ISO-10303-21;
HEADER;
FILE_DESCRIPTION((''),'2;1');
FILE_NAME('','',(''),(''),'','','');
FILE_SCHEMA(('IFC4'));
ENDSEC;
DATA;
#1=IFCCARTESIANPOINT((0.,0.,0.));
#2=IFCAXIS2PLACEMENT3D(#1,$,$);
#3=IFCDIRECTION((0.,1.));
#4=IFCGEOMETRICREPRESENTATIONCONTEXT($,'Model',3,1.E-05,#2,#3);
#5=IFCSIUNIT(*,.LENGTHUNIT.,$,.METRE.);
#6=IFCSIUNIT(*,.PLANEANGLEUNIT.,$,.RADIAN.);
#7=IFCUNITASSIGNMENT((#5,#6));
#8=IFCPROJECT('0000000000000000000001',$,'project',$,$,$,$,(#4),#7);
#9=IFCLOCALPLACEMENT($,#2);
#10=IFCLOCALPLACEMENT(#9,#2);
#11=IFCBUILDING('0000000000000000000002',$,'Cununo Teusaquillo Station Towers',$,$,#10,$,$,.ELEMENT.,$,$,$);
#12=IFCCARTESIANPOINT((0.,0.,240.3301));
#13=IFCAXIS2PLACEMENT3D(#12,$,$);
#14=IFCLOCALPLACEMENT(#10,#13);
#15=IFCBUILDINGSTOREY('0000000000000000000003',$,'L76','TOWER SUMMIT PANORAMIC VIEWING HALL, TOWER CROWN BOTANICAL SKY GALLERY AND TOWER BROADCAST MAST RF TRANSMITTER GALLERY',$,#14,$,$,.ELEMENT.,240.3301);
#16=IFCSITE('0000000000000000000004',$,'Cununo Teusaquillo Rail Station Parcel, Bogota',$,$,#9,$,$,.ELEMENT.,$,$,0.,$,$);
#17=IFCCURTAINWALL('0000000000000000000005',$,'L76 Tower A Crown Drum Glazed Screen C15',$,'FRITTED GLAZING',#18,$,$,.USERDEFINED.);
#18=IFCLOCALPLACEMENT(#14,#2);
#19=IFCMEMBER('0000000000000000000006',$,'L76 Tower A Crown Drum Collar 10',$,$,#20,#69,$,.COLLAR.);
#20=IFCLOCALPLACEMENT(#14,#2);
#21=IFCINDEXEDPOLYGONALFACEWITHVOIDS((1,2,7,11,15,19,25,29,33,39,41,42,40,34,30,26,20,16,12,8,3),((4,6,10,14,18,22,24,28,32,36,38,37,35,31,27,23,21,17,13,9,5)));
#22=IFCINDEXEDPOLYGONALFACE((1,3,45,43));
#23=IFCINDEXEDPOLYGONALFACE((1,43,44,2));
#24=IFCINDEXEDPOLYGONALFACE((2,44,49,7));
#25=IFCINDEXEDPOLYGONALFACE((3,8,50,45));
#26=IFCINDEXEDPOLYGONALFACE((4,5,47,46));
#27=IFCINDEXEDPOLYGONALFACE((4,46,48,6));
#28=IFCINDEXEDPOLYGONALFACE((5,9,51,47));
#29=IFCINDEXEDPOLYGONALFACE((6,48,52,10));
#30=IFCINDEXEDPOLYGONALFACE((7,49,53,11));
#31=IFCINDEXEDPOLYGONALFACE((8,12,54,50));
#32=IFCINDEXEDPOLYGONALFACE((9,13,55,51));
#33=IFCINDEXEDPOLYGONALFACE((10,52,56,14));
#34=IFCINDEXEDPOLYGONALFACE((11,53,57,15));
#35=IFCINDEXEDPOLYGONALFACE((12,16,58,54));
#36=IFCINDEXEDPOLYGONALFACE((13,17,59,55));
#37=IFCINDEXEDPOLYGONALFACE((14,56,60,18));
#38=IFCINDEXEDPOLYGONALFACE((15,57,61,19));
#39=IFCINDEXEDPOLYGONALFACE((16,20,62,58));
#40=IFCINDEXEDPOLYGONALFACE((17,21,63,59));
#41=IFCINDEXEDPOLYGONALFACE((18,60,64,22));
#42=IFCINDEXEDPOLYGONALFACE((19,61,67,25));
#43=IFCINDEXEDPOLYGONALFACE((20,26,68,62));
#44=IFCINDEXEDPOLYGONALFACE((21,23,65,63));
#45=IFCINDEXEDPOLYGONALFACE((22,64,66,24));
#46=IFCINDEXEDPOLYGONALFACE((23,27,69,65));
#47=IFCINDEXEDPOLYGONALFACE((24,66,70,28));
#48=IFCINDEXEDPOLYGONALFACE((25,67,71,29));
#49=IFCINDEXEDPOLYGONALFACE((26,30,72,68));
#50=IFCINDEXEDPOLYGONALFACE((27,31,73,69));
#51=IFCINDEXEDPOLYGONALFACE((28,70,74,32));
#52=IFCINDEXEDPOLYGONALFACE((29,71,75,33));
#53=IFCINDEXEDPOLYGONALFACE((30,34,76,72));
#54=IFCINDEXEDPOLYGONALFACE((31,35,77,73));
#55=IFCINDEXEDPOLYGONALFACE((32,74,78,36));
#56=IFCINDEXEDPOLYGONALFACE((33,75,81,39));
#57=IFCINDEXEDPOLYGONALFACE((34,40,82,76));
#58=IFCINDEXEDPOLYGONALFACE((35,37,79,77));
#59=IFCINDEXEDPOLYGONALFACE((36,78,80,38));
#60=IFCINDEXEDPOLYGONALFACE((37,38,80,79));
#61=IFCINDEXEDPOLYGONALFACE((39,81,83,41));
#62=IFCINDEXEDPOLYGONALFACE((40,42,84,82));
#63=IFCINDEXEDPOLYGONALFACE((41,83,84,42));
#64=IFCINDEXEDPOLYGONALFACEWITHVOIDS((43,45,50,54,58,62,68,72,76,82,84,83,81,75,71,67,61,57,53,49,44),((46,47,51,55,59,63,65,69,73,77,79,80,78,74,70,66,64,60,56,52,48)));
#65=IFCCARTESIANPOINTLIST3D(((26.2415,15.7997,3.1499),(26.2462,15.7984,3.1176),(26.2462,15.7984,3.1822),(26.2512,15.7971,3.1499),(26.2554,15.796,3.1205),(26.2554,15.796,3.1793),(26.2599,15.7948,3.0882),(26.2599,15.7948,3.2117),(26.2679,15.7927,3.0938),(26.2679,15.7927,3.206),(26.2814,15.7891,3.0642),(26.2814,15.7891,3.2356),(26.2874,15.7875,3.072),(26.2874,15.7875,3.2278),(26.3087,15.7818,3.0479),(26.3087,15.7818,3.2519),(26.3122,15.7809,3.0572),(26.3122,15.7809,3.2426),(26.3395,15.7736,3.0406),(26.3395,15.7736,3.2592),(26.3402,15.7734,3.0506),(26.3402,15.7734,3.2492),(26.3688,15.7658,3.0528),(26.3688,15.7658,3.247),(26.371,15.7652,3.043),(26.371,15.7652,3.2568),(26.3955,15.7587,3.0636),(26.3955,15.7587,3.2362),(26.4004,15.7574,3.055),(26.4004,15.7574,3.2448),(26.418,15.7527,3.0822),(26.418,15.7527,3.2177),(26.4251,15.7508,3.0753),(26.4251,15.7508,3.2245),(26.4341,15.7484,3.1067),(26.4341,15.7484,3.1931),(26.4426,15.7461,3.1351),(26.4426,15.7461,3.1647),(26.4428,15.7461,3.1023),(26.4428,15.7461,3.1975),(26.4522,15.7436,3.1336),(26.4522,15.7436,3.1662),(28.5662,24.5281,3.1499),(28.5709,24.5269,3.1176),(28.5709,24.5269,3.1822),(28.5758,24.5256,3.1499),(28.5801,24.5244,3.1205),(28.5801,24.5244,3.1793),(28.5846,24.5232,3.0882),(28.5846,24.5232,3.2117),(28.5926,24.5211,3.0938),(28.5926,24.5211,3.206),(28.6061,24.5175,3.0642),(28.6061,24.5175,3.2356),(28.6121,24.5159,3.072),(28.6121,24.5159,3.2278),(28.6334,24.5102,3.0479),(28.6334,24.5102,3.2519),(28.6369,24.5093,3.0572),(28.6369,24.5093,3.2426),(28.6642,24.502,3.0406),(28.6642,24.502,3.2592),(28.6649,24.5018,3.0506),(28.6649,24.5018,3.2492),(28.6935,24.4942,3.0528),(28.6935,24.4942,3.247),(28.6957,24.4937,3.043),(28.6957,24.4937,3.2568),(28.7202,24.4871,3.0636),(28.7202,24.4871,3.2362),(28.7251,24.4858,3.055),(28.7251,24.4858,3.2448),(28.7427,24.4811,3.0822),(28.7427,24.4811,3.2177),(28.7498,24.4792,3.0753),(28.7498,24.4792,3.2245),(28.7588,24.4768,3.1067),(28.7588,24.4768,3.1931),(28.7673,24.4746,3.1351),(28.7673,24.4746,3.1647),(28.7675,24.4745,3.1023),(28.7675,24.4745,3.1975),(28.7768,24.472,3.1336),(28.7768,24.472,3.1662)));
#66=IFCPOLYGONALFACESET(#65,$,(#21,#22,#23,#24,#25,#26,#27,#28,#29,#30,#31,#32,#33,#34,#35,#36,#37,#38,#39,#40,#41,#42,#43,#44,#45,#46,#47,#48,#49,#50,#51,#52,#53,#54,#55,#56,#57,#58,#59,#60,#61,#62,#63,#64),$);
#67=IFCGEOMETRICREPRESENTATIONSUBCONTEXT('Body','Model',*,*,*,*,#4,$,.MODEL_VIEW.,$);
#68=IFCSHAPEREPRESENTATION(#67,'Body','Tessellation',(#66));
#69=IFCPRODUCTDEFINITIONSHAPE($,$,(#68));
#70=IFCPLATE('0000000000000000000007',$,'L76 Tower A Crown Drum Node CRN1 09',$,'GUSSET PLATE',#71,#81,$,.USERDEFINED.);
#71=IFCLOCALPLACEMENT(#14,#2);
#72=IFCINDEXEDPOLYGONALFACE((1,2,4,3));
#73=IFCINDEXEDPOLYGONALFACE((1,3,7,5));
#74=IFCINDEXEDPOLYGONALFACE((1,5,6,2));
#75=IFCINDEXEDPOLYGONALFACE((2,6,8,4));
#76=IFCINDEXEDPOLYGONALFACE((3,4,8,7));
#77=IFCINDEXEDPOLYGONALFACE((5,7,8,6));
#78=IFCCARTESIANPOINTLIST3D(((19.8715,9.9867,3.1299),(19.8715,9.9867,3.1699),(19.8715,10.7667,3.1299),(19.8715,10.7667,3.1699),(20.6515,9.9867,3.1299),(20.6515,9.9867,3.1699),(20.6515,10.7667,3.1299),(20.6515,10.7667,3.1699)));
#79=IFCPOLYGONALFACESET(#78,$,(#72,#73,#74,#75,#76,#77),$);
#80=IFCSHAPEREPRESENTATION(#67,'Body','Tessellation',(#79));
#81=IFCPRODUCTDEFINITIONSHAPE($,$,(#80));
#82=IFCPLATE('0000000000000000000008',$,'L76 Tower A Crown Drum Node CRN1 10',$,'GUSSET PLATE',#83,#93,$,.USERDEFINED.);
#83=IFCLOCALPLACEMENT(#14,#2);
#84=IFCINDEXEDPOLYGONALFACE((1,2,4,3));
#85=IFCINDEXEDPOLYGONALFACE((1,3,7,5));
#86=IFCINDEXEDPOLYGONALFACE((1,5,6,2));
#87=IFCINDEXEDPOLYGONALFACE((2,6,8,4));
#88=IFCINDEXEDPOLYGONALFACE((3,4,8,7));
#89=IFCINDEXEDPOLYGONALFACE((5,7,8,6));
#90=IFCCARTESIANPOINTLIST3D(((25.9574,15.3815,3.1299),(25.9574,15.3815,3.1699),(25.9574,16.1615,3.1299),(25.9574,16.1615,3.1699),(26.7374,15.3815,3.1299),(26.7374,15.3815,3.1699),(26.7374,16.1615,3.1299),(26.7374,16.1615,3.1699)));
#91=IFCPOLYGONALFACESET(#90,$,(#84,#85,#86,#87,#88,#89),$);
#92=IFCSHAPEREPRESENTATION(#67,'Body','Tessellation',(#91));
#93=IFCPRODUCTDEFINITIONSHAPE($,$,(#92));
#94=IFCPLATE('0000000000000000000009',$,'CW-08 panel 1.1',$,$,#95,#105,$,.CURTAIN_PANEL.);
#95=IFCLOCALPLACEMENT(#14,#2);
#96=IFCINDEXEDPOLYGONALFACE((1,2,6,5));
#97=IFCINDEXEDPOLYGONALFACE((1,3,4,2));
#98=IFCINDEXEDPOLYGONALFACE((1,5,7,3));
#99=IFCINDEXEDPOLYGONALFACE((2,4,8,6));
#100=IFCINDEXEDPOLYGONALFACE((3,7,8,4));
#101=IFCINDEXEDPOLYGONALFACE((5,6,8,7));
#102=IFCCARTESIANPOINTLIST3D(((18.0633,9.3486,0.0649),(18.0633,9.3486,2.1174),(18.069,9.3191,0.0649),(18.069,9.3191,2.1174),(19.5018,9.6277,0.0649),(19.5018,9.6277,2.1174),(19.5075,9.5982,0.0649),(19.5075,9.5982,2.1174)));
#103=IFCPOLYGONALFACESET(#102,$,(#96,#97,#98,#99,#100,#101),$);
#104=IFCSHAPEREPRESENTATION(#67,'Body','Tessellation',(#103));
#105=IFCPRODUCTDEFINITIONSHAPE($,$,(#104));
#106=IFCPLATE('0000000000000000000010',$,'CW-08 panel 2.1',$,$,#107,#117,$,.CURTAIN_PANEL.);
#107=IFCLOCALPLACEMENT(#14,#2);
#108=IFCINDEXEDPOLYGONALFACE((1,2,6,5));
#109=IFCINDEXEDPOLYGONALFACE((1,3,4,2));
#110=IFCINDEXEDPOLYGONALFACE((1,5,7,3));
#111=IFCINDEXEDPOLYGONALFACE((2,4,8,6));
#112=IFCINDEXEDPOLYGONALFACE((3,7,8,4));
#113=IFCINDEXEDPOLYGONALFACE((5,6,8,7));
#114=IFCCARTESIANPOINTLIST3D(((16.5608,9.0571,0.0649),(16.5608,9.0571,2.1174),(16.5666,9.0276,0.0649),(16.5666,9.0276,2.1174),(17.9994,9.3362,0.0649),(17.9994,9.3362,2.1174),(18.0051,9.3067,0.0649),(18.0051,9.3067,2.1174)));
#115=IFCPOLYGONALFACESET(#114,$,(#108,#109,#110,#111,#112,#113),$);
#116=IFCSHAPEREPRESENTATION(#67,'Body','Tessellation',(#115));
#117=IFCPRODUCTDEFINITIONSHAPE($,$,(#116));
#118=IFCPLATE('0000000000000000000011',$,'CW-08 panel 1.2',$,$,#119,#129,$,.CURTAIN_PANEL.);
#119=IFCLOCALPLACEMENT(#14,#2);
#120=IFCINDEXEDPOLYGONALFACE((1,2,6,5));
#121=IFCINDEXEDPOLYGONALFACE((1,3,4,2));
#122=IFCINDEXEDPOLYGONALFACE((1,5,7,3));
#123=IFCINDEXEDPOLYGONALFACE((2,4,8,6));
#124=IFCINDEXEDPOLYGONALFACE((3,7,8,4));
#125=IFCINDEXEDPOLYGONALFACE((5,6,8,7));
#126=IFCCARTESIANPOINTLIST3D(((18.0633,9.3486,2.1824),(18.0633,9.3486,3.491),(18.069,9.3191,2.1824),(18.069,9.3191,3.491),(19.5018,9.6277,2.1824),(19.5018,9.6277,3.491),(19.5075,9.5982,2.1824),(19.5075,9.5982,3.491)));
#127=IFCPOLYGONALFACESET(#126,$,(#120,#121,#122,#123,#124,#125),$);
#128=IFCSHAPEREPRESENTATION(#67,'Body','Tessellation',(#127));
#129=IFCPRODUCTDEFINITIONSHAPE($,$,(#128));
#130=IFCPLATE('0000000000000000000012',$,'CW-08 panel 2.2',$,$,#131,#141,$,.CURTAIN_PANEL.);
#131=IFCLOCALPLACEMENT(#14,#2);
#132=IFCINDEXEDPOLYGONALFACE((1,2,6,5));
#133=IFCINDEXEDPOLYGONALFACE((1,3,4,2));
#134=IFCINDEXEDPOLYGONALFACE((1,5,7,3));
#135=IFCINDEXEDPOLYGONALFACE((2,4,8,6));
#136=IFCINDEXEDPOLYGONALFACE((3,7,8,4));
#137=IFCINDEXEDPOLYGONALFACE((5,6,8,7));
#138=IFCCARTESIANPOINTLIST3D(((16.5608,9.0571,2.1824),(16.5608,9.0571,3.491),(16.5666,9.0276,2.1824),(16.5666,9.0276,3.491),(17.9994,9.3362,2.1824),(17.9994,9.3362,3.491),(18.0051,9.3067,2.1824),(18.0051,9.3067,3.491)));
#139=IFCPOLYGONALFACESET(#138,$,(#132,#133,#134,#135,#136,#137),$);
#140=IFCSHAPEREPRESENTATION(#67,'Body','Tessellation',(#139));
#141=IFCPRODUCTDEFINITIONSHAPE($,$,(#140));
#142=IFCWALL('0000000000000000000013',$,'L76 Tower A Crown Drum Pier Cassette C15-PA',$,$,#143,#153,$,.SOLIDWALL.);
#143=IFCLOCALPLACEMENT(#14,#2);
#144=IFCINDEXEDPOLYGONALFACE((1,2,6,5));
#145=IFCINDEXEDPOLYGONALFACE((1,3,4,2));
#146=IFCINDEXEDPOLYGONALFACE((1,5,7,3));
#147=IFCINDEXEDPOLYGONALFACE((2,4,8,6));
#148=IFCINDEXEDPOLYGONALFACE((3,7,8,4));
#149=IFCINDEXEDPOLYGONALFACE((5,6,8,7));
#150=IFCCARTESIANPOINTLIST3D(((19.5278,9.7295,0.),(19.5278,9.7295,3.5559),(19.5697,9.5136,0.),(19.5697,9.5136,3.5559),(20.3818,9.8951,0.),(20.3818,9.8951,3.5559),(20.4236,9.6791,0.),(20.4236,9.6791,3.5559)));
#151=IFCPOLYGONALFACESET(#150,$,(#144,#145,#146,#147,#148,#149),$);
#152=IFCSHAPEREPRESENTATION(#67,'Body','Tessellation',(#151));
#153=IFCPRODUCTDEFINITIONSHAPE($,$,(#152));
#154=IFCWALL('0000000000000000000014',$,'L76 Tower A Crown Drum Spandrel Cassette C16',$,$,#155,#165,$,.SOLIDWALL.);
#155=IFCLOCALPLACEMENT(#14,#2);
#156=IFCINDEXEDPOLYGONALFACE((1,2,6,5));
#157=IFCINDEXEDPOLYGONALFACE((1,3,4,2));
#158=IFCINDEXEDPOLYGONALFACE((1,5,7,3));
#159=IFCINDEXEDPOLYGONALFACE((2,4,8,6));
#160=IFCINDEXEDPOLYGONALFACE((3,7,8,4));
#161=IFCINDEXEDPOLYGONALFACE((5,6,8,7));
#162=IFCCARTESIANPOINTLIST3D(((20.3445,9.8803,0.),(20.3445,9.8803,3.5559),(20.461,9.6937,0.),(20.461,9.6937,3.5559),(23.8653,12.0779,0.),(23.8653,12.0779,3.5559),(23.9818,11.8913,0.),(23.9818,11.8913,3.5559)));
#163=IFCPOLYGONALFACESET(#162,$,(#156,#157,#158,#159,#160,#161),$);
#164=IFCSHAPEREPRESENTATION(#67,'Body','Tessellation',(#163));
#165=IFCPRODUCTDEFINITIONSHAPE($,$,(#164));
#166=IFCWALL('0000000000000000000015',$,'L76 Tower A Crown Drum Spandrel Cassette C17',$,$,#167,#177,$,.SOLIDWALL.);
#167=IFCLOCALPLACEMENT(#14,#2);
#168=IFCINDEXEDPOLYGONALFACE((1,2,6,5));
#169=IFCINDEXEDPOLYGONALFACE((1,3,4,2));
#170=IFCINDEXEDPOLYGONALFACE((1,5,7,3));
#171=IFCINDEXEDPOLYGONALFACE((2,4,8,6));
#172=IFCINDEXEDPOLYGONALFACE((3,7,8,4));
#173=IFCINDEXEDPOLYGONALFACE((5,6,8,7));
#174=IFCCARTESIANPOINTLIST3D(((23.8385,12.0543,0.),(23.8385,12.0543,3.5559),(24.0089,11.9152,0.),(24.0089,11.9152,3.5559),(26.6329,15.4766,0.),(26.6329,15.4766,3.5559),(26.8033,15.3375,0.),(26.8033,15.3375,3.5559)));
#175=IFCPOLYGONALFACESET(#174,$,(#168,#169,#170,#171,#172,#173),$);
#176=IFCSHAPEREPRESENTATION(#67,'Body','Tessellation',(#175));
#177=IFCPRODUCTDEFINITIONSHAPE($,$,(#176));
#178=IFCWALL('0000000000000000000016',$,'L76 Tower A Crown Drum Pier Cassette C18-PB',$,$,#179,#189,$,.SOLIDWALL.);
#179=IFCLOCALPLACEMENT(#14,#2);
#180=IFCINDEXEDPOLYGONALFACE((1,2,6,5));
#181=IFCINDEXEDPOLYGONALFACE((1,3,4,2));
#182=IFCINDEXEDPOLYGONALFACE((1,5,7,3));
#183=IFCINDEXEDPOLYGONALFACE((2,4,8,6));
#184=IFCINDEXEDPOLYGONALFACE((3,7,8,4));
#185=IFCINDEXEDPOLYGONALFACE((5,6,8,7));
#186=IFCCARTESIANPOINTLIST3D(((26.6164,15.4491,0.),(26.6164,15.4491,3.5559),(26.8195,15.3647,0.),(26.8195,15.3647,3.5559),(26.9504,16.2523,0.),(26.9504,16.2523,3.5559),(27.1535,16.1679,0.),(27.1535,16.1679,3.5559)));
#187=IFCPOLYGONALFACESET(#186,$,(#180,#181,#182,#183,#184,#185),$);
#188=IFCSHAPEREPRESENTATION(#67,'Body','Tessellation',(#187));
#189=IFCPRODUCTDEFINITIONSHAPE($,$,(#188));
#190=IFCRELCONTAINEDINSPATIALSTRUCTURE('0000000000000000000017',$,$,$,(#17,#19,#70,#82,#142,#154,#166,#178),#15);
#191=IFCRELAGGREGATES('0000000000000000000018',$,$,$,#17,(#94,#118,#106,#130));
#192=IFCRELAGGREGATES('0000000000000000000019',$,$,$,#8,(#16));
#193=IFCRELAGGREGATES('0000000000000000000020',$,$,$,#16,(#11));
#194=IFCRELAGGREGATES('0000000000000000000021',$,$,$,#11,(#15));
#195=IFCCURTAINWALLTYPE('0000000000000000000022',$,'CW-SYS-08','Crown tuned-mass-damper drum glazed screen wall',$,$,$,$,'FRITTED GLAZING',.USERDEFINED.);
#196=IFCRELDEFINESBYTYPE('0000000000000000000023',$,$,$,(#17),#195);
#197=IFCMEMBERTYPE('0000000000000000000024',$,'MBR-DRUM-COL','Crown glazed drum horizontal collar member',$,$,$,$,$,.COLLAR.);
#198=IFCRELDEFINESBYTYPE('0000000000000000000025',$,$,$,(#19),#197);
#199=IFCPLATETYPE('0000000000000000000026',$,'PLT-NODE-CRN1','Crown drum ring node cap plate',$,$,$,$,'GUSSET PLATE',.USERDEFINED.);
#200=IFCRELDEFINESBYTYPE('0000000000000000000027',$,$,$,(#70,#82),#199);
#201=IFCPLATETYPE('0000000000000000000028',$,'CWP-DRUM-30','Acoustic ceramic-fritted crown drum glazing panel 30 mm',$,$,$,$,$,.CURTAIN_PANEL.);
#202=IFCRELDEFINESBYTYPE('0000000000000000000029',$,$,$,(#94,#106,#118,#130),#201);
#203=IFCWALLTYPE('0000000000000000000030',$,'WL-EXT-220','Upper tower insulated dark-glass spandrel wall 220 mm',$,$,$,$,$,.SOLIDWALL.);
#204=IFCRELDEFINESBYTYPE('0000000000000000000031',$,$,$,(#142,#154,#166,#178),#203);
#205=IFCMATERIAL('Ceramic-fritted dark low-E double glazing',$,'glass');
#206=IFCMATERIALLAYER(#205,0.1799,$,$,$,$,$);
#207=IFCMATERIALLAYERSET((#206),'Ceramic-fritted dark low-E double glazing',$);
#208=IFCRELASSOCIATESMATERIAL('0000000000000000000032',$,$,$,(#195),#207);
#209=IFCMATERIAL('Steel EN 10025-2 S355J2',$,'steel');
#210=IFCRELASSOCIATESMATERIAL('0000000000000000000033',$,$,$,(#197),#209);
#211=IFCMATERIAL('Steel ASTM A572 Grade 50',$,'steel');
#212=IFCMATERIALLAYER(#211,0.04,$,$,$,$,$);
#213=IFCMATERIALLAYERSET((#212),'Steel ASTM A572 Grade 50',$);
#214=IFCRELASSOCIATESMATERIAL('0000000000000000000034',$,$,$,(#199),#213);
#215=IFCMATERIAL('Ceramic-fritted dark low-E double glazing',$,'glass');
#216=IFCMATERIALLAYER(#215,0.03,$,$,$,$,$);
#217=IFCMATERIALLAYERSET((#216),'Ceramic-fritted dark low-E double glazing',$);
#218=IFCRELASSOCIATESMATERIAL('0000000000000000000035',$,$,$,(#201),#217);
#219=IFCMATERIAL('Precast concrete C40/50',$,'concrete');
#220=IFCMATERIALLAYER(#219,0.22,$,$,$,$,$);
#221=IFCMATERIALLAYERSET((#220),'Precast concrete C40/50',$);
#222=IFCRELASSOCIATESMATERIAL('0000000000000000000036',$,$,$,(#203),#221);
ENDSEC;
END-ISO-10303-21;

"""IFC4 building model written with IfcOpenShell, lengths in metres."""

from ifc_helpers import new_model, si_unit, direction, frame, frame_2d, origin, origin_2d, place, context, subcontext, project, spatial, rectangle, hollow_circle, extrude, source, transform, mapped, material, layer, layer_set, material_profile, profile_set, type_object, element, aggregate, save


model = new_model("IFC4")

# Units and contexts
model_context = context("Model", 3, precision=1e-05, world=origin(), true_north=direction((0.0, 1.0)))
body_context = subcontext(model_context, "Body", "Model", "MODEL_VIEW")
ifc_project = project(units=[si_unit("LENGTHUNIT", "METRE"), si_unit("PLANEANGLEUNIT", "RADIAN")], contexts=[model_context])

# Site, building, storey
site_placement = place(None, origin())
site = spatial("IfcSite", under=ifc_project, at=site_placement, Name="Cununo Teusaquillo Rail Station Parcel, Bogota", CompositionType="ELEMENT", RefElevation=0.0)
building_placement = place(site_placement, origin())
building = spatial("IfcBuilding", under=site, at=building_placement, Name="Cununo Teusaquillo Station Towers", CompositionType="ELEMENT")
storey_placement = place(building_placement, frame((0.0, 0.0, 240.3301)))
storey = spatial("IfcBuildingStorey", under=building, at=storey_placement, Name="L76", Description="TOWER SUMMIT PANORAMIC VIEWING HALL, TOWER CROWN BOTANICAL SKY GALLERY AND TOWER BROADCAST MAST RF TRANSMITTER GALLERY", CompositionType="ELEMENT", Elevation=240.3301)

# Curtain wall
ifc_material_1 = material(Name="Ceramic-fritted dark low-E double glazing", Category="glass")
ifc_layer_1 = layer(ifc_material_1, 0.1799)
ifc_layer_set_1 = layer_set([ifc_layer_1], Name="Ceramic-fritted dark low-E double glazing")
curtain_wall_type = type_object("IfcCurtainWallType", Name="CW-SYS-08", Description="Crown tuned-mass-damper drum glazed screen wall", ElementType="FRITTED GLAZING", PredefinedType="USERDEFINED", material=ifc_layer_set_1)
curtain_wall_placement = place(storey_placement, origin())
curtain_wall = element("IfcCurtainWall", 1, at=curtain_wall_placement, inside=storey, type_object=curtain_wall_type, Name="L76 Tower A Crown Drum Glazed Screen C15", ObjectType="FRITTED GLAZING", PredefinedType="USERDEFINED")

# Member
ifc_material_2 = material(Name="Steel EN 10025-2 S355J2", Category="steel")
ifc_material_profile_1 = material_profile(ifc_material_2, hollow_circle(Radius=0.1096, WallThickness=0.01, at=origin_2d()), Name="CHS 219x10")
ifc_profile_set_1 = profile_set([ifc_material_profile_1], Name="Steel EN 10025-2 S355J2")
member_type_1 = type_object("IfcMemberType", Name="MBR-DRUM-COL", Description="Crown glazed drum horizontal collar member", PredefinedType="COLLAR", material=ifc_profile_set_1)
member_1_placement = place(storey_placement, frame((26.3474, 15.7715, 3.1499), z_axis=(0.257363, 0.966315, 0.0), x_axis=(-0.966315, 0.257363, 0.0)))
element("IfcMember", 2, at=member_1_placement, inside=storey, type_object=member_type_1, Name="L76 Tower A Crown Drum Collar 10", PredefinedType="COLLAR", context=body_context, shape_type="SweptSolid", body=[
    extrude(hollow_circle(Radius=0.1096, WallThickness=0.01, at=origin_2d()), origin(), (0.0, 0.0, 1.0), 9.0327),
])

# Plates
ifc_material_3 = material(Name="Steel ASTM A572 Grade 50", Category="steel")
ifc_layer_2 = layer(ifc_material_3, 0.04)
ifc_layer_set_2 = layer_set([ifc_layer_2], Name="Steel ASTM A572 Grade 50")
plate_type_1 = type_object("IfcPlateType", Name="PLT-NODE-CRN1", Description="Crown drum ring node cap plate", ElementType="GUSSET PLATE", PredefinedType="USERDEFINED", material=ifc_layer_set_2)
shared_shape_1 = source(origin(), body_context, "Body", "SweptSolid", [
    extrude(rectangle(XDim=0.78, YDim=0.78, at=origin_2d()), origin(), (0.0, 0.0, 1.0), 0.04),
])
for number, where, z_axis, x_axis, name in (
    (3, (20.2615, 10.3767, 3.1299), (0.0, 0.0, 1.0), (1.0, 0.0, 0.0), "L76 Tower A Crown Drum Node CRN1 09"),
    (4, (26.3474, 15.7715, 3.1299), (0.0, 0.0, 1.0), (1.0, 0.0, 0.0), "L76 Tower A Crown Drum Node CRN1 10"),
):
    element("IfcPlate", number, at=place(storey_placement, frame(where, z_axis=z_axis, x_axis=x_axis)), inside=storey, type_object=plate_type_1, Name=name, ObjectType="GUSSET PLATE", PredefinedType="USERDEFINED", context=body_context, shape_type="MappedRepresentation", body=[
        mapped(shared_shape_1, transform((0.0, 0.0, 0.0), x_axis=(1.0, 0.0, 0.0), y_axis=(0.0, 1.0, 0.0), z_axis=(0.0, 0.0, 1.0), scale=1.0)),
    ])

# Plates
ifc_material_4 = material(Name="Ceramic-fritted dark low-E double glazing", Category="glass")
ifc_layer_3 = layer(ifc_material_4, 0.03)
ifc_layer_set_3 = layer_set([ifc_layer_3], Name="Ceramic-fritted dark low-E double glazing")
plate_type_2 = type_object("IfcPlateType", Name="CWP-DRUM-30", Description="Acoustic ceramic-fritted crown drum glazing panel 30 mm", PredefinedType="CURTAIN_PANEL", material=ifc_layer_set_3)
shared_shape_2 = source(origin(), body_context, "Body", "SweptSolid", [
    extrude(rectangle(XDim=1.4653, YDim=0.03, at=origin_2d()), origin(), (0.0, 0.0, 1.0), 2.0525),
])
plate_1_placement = place(storey_placement, frame((18.7854, 9.4734, 0.0649), z_axis=(0.0, 0.0, 1.0), x_axis=(-0.981696, -0.190453, 0.0)))
plate_1 = element("IfcPlate", 5, at=plate_1_placement, type_object=plate_type_2, Name="CW-08 panel 1.1", PredefinedType="CURTAIN_PANEL", context=body_context, shape_type="MappedRepresentation", body=[
    mapped(shared_shape_2, transform((0.0, 0.0, 0.0), x_axis=(1.0, 0.0, 0.0), y_axis=(0.0, 1.0, 0.0), z_axis=(0.0, 0.0, 1.0), scale=1.0)),
])
plate_2_placement = place(storey_placement, frame((17.283, 9.1819, 0.0649), z_axis=(0.0, 0.0, 1.0), x_axis=(-0.981696, -0.190453, 0.0)))
plate_2 = element("IfcPlate", 6, at=plate_2_placement, type_object=plate_type_2, Name="CW-08 panel 2.1", PredefinedType="CURTAIN_PANEL", context=body_context, shape_type="MappedRepresentation", body=[
    mapped(shared_shape_2, transform((0.0, 0.0, 0.0), x_axis=(1.0, 0.0, 0.0), y_axis=(0.0, 1.0, 0.0), z_axis=(0.0, 0.0, 1.0), scale=1.0)),
])
shared_shape_3 = source(origin(), body_context, "Body", "SweptSolid", [
    extrude(rectangle(XDim=1.4653, YDim=0.03, at=origin_2d()), origin(), (0.0, 0.0, 1.0), 1.3086),
])
plate_3_placement = place(storey_placement, frame((18.7854, 9.4734, 2.1824), z_axis=(0.0, 0.0, 1.0), x_axis=(-0.981696, -0.190453, 0.0)))
plate_3 = element("IfcPlate", 7, at=plate_3_placement, type_object=plate_type_2, Name="CW-08 panel 1.2", PredefinedType="CURTAIN_PANEL", context=body_context, shape_type="MappedRepresentation", body=[
    mapped(shared_shape_3, transform((0.0, 0.0, 0.0), x_axis=(1.0, 0.0, 0.0), y_axis=(0.0, 1.0, 0.0), z_axis=(0.0, 0.0, 1.0), scale=1.0)),
])
plate_4_placement = place(storey_placement, frame((17.283, 9.1819, 2.1824), z_axis=(0.0, 0.0, 1.0), x_axis=(-0.981696, -0.190453, 0.0)))
plate_4 = element("IfcPlate", 8, at=plate_4_placement, type_object=plate_type_2, Name="CW-08 panel 2.2", PredefinedType="CURTAIN_PANEL", context=body_context, shape_type="MappedRepresentation", body=[
    mapped(shared_shape_3, transform((0.0, 0.0, 0.0), x_axis=(1.0, 0.0, 0.0), y_axis=(0.0, 1.0, 0.0), z_axis=(0.0, 0.0, 1.0), scale=1.0)),
])
aggregate(curtain_wall, [plate_1, plate_3, plate_2, plate_4])

# Walls
ifc_material_5 = material(Name="Precast concrete C40/50", Category="concrete")
ifc_layer_4 = layer(ifc_material_5, 0.22)
ifc_layer_set_4 = layer_set([ifc_layer_4], Name="Precast concrete C40/50")
wall_type_1 = type_object("IfcWallType", Name="WL-EXT-220", Description="Upper tower insulated dark-glass spandrel wall 220 mm", PredefinedType="SOLIDWALL", material=ifc_layer_set_4)
wall_1_placement = place(storey_placement, frame((20.4028, 9.7871, 0.0), z_axis=(0.0, 0.0, 1.0), x_axis=(-0.981729, -0.190284, 0.0)))
element("IfcWall", 9, at=wall_1_placement, inside=storey, type_object=wall_type_1, Name="L76 Tower A Crown Drum Pier Cassette C15-PA", PredefinedType="SOLIDWALL", context=body_context, shape_type="SweptSolid", body=[
    extrude(rectangle(XDim=0.8699, YDim=0.22, at=frame_2d((0.4351, 0.0))), origin(), (0.0, 0.0, 1.0), 3.5559),
])
wall_2_placement = place(storey_placement, frame((23.9236, 11.9846, 0.0), z_axis=(0.0, 0.0, 1.0), x_axis=(-0.848319, -0.529486, 0.0)))
element("IfcWall", 10, at=wall_2_placement, inside=storey, type_object=wall_type_1, Name="L76 Tower A Crown Drum Spandrel Cassette C16", PredefinedType="SOLIDWALL", context=body_context, shape_type="SweptSolid", body=[
    extrude(rectangle(XDim=4.1504, YDim=0.22, at=frame_2d((2.0752, 0.0))), origin(), (0.0, 0.0, 1.0), 3.5559),
])
wall_3_placement = place(storey_placement, frame((26.718, 15.407, 0.0), z_axis=(0.0, 0.0, 1.0), x_axis=(-0.632467, -0.774587, 0.0)))
element("IfcWall", 11, at=wall_3_placement, inside=storey, type_object=wall_type_1, Name="L76 Tower A Crown Drum Spandrel Cassette C17", PredefinedType="SOLIDWALL", context=body_context, shape_type="SweptSolid", body=[
    extrude(rectangle(XDim=4.4182, YDim=0.22, at=frame_2d((2.209, 0.0))), origin(), (0.0, 0.0, 1.0), 3.5559),
])
wall_4_placement = place(storey_placement, frame((27.052, 16.2102, 0.0), z_axis=(0.0, 0.0, 1.0), x_axis=(-0.383938, -0.923359, 0.0)))
element("IfcWall", 12, at=wall_4_placement, inside=storey, type_object=wall_type_1, Name="L76 Tower A Crown Drum Pier Cassette C18-PB", PredefinedType="SOLIDWALL", context=body_context, shape_type="SweptSolid", body=[
    extrude(rectangle(XDim=0.8699, YDim=0.22, at=frame_2d((0.4351, 0.0))), origin(), (0.0, 0.0, 1.0), 3.5559),
])

save(model, "model.ifc")
